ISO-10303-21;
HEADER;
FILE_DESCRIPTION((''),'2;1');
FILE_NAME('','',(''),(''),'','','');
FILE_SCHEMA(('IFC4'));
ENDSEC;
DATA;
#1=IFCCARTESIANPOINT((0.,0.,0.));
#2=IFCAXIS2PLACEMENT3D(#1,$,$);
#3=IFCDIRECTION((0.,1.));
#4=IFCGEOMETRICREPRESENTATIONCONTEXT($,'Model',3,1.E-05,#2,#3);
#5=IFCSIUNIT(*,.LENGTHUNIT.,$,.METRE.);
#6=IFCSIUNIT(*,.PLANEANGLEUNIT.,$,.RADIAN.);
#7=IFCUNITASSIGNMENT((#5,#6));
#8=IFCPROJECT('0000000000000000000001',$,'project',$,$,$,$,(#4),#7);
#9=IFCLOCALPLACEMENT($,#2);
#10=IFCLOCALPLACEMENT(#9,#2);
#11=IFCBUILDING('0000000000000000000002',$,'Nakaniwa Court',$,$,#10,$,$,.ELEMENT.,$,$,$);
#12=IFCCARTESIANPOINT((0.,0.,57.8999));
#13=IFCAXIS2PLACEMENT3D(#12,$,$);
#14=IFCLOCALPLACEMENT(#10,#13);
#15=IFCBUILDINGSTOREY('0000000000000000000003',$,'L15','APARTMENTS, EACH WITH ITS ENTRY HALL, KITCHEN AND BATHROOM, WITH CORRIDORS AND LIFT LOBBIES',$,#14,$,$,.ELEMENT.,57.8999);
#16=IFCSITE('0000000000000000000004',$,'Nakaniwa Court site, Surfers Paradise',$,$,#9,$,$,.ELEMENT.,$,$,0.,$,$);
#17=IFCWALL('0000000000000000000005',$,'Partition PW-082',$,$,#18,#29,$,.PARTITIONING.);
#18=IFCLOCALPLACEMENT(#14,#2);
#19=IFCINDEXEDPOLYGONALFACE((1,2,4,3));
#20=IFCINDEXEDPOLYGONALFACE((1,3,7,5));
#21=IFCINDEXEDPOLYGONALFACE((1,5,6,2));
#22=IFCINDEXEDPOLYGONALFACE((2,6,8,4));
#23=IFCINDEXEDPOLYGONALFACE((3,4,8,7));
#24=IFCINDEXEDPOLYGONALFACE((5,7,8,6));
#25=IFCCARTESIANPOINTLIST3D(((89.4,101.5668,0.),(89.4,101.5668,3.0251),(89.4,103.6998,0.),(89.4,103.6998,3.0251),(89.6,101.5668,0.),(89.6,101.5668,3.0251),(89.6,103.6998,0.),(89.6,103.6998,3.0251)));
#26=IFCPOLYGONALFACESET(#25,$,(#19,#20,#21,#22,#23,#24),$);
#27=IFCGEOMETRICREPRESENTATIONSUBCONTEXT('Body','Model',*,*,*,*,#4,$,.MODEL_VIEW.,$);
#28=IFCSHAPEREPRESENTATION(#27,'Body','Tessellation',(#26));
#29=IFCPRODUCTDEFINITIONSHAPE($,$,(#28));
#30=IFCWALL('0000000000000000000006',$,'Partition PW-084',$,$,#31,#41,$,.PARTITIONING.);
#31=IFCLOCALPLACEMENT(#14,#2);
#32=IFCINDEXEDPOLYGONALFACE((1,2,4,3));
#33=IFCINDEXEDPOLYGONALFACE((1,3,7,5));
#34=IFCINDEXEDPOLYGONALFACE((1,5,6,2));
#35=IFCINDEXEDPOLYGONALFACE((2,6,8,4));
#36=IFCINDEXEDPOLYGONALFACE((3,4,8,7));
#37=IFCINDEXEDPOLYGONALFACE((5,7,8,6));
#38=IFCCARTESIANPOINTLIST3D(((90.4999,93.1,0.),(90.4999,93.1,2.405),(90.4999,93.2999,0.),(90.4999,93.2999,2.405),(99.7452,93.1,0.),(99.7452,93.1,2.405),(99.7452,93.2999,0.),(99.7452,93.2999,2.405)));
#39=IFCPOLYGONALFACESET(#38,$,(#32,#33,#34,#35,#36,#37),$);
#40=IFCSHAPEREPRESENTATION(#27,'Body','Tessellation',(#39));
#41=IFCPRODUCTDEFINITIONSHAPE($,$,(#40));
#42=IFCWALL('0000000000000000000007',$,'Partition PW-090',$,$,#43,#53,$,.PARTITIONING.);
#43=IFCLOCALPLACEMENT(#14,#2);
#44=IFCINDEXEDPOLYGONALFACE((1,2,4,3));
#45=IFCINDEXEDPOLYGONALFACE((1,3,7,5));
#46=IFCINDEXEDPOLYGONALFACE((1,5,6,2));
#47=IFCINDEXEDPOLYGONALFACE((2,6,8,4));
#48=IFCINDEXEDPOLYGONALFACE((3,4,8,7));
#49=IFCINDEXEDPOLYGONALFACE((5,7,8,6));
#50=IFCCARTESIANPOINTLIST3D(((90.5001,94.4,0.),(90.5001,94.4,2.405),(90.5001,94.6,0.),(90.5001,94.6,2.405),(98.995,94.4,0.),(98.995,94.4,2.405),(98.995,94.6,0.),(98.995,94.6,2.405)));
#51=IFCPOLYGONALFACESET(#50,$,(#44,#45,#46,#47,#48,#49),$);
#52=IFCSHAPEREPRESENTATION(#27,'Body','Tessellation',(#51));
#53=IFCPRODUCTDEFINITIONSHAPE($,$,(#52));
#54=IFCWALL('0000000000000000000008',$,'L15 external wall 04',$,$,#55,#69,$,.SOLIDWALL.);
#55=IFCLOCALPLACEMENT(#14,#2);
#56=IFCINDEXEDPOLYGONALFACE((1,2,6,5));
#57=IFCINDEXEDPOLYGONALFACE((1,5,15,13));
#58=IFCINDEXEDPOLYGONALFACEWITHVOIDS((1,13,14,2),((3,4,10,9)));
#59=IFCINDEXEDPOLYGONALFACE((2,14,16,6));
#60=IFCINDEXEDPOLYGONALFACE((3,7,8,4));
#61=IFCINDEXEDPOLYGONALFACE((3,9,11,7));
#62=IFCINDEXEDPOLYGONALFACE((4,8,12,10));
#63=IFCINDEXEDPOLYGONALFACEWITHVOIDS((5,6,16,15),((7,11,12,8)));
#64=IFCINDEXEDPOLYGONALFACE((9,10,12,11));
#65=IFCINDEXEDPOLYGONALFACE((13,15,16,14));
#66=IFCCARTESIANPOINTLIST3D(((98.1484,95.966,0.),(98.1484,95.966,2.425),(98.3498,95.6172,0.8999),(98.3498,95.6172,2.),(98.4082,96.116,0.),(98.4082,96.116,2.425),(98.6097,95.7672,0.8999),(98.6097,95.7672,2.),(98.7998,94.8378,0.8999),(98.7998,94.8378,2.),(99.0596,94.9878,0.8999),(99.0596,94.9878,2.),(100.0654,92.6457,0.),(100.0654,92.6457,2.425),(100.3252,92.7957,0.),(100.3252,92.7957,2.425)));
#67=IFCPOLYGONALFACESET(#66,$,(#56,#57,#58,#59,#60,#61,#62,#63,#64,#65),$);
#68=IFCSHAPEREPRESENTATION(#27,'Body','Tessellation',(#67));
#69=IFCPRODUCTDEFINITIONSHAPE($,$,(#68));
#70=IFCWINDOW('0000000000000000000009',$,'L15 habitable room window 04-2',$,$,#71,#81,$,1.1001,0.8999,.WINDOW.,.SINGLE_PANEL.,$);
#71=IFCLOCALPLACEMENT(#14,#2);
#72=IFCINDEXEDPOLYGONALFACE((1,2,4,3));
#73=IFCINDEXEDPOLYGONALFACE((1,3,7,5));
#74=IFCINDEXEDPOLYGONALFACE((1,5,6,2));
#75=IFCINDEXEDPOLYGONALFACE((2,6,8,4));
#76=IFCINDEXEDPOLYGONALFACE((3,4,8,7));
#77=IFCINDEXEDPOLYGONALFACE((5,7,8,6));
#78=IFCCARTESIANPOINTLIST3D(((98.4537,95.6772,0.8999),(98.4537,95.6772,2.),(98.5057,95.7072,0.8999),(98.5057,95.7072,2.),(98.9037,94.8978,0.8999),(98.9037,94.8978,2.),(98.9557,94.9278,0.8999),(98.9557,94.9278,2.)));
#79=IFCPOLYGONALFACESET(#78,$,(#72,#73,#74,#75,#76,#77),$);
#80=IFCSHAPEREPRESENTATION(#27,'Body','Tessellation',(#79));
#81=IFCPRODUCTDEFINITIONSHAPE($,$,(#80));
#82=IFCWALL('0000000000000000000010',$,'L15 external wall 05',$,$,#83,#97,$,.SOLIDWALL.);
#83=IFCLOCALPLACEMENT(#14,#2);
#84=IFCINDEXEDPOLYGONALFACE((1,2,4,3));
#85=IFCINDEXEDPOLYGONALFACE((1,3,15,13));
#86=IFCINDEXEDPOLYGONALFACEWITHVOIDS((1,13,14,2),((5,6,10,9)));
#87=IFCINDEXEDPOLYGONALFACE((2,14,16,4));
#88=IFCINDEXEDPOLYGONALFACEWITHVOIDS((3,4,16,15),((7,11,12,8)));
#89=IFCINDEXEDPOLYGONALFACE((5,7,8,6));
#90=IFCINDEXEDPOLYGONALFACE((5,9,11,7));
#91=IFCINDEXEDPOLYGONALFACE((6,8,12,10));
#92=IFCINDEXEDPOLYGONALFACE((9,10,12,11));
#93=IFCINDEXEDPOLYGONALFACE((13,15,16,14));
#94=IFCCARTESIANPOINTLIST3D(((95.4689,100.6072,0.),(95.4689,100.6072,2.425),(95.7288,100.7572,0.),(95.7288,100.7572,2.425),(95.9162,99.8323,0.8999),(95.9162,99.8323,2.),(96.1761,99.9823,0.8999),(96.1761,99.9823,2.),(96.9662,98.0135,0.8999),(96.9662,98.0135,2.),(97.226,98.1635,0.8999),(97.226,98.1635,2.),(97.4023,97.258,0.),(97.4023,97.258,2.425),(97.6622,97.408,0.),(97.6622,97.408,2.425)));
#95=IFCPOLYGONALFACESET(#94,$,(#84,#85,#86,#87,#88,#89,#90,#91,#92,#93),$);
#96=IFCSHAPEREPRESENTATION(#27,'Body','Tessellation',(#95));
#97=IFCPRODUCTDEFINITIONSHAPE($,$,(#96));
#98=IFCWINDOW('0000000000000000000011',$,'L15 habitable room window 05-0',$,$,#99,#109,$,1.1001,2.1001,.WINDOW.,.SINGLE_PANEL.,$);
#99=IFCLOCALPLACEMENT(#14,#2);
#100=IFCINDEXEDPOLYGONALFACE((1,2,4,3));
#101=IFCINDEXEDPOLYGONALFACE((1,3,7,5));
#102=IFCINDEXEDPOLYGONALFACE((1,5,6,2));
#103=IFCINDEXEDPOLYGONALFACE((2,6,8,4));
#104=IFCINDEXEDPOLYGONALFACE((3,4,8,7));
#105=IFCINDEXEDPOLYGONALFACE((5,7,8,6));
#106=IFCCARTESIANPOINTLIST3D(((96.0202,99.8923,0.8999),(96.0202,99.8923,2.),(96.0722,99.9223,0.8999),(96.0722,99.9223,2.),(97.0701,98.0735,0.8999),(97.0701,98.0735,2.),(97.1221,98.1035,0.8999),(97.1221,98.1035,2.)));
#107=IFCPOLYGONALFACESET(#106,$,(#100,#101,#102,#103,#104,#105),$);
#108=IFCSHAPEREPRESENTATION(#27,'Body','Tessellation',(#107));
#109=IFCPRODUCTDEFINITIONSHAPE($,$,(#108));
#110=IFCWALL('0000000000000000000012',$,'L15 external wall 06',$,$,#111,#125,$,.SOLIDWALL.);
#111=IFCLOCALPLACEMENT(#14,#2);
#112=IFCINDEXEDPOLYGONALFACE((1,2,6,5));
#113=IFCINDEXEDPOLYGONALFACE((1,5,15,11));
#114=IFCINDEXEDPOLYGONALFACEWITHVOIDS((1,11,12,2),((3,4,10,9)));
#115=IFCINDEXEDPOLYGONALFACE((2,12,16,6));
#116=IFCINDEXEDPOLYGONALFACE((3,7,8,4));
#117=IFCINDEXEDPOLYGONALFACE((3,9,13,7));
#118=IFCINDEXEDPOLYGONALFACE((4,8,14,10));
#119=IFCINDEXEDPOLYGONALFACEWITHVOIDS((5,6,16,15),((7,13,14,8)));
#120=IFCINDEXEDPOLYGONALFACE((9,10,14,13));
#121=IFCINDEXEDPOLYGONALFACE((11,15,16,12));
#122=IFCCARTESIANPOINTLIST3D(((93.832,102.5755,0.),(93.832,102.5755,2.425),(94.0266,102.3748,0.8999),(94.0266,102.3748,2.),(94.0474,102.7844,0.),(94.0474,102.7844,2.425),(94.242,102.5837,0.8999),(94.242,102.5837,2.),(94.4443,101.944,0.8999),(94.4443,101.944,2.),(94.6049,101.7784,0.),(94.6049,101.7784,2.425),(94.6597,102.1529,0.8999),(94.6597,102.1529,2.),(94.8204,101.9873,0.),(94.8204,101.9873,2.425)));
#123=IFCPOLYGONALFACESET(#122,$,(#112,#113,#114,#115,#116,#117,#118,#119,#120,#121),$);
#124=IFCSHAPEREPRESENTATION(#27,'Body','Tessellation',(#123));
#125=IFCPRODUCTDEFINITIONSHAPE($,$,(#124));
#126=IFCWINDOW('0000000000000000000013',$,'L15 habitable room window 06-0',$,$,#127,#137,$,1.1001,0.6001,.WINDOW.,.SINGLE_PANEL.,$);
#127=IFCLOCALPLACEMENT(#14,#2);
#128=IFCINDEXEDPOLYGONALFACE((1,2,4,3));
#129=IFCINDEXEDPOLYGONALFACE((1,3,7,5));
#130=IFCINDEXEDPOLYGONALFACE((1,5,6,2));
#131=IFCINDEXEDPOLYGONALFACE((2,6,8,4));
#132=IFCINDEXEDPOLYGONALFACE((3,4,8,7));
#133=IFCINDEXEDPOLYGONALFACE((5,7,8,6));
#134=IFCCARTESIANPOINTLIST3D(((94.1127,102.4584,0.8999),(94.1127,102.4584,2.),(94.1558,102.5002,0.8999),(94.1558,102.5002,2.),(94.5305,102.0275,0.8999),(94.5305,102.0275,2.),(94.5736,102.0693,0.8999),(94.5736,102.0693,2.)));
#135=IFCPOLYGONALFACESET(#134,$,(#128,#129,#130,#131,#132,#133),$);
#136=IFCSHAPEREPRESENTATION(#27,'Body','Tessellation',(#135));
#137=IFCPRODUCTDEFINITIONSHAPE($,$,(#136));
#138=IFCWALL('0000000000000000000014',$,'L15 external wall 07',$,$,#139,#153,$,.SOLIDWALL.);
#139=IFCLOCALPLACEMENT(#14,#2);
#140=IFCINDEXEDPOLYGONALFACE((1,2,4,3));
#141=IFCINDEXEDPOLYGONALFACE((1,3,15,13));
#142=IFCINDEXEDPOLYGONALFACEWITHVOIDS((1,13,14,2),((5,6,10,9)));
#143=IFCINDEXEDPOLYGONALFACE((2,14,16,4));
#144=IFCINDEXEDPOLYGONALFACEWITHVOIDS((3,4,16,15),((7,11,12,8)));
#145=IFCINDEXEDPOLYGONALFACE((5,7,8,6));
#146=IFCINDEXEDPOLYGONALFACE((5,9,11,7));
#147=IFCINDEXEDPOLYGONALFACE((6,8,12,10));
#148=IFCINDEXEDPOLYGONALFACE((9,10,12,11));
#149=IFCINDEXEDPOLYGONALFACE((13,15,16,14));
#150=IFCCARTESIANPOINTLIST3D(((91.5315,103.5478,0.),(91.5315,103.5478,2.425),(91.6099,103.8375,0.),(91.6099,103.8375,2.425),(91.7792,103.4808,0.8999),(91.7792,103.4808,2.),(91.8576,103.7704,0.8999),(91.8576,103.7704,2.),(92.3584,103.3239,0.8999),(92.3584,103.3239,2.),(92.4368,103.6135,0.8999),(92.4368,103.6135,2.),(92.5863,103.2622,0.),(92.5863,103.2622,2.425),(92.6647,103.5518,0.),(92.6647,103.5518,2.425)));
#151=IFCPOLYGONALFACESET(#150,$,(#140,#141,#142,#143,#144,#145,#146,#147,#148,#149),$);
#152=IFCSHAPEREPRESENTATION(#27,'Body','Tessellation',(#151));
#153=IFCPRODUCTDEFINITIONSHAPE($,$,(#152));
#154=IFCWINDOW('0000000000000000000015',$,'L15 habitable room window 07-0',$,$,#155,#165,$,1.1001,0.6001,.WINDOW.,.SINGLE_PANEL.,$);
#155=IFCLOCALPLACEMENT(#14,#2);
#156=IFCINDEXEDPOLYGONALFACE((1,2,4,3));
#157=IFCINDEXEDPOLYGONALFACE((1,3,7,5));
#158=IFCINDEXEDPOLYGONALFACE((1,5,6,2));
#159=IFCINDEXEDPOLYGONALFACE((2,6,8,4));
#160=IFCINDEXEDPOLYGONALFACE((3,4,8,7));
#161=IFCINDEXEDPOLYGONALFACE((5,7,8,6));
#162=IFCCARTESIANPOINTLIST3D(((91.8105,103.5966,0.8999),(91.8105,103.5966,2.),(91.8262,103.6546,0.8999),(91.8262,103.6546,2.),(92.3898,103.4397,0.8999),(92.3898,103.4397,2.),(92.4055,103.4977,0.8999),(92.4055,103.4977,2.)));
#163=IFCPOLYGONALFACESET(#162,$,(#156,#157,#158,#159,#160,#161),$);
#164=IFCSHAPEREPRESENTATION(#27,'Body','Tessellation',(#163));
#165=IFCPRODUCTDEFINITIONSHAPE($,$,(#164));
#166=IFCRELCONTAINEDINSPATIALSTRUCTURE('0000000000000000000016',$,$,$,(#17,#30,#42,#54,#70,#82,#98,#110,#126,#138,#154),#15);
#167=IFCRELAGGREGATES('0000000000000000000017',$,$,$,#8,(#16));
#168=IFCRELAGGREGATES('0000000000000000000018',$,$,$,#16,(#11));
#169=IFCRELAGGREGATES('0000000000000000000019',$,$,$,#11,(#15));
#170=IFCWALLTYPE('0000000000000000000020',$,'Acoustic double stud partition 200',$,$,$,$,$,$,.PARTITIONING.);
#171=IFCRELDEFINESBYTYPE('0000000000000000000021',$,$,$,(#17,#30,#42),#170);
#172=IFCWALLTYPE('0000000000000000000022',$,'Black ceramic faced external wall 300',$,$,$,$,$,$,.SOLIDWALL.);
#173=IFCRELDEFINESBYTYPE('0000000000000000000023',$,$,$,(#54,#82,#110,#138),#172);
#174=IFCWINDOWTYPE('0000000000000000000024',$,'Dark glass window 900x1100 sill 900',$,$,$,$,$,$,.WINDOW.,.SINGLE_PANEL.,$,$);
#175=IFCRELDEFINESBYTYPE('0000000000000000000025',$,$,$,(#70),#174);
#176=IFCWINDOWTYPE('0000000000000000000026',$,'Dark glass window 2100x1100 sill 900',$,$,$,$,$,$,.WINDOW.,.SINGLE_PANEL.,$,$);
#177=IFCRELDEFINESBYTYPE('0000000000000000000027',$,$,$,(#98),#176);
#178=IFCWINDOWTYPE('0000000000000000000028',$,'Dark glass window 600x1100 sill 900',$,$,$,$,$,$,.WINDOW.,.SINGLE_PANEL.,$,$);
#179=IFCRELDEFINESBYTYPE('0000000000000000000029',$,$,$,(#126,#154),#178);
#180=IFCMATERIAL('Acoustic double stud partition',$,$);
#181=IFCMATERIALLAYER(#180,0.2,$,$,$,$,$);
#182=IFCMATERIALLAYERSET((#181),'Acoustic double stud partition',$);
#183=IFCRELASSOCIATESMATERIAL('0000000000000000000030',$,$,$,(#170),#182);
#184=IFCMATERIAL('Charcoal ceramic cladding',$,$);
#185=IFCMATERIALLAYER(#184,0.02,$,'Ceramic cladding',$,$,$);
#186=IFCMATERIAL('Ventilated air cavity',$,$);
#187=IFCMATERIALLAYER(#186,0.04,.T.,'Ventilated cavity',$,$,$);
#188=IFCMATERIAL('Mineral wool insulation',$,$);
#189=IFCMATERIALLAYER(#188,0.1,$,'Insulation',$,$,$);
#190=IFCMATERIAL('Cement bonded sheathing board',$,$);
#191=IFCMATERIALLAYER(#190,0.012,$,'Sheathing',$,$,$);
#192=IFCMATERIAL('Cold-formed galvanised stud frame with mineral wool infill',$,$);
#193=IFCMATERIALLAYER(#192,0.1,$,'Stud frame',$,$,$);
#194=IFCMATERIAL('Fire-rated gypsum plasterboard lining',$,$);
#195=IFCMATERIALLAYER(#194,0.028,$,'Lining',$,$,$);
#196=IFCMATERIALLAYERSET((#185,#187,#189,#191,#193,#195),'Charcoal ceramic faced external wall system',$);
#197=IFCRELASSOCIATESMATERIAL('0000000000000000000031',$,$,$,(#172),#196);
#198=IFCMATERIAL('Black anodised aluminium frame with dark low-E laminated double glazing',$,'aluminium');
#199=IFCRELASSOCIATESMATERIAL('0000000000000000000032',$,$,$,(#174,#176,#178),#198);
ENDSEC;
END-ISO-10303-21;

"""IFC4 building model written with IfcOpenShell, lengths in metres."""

from ifc_helpers import new_model, si_unit, direction, frame, frame_2d, origin, place, context, subcontext, project, spatial, rectangle, extrude, material, layer, layer_set, type_object, element, fill, save


model = new_model("IFC4")

# Units and contexts
model_context = context("Model", 3, precision=1e-05, world=origin(), true_north=direction((0.0, 1.0)))
body_context = subcontext(model_context, "Body", "Model", "MODEL_VIEW")
ifc_project = project(units=[si_unit("LENGTHUNIT", "METRE"), si_unit("PLANEANGLEUNIT", "RADIAN")], contexts=[model_context])

# Site, building, storey
site_placement = place(None, origin())
site = spatial("IfcSite", under=ifc_project, at=site_placement, Name="Nakaniwa Court site, Surfers Paradise", CompositionType="ELEMENT", RefElevation=0.0)
building_placement = place(site_placement, origin())
building = spatial("IfcBuilding", under=site, at=building_placement, Name="Nakaniwa Court", CompositionType="ELEMENT")
storey_placement = place(building_placement, frame((0.0, 0.0, 57.8999)))
storey = spatial("IfcBuildingStorey", under=building, at=storey_placement, Name="L15", Description="APARTMENTS, EACH WITH ITS ENTRY HALL, KITCHEN AND BATHROOM, WITH CORRIDORS AND LIFT LOBBIES", CompositionType="ELEMENT", Elevation=57.8999)

# Shared definitions
ifc_material_1 = material(Name="Acoustic double stud partition")
ifc_layer_1 = layer(ifc_material_1, 0.2)
ifc_layer_set_1 = layer_set([ifc_layer_1], Name="Acoustic double stud partition")
wall_type_1 = type_object("IfcWallType", Name="Acoustic double stud partition 200", PredefinedType="PARTITIONING", material=ifc_layer_set_1)

# Walls
wall_1_placement = place(storey_placement, frame((89.5, 101.5669, 0.0), z_axis=(0.0, 0.0, 1.0), x_axis=(0.0, 1.0, 0.0)))
element("IfcWall", 1, at=wall_1_placement, inside=storey, type_object=wall_type_1, Name="Partition PW-082", PredefinedType="PARTITIONING", context=body_context, shape_type="SweptSolid", body=[
    extrude(rectangle(XDim=2.1331, YDim=0.2, at=frame_2d((1.0664, 0.0))), origin(), (0.0, 0.0, 1.0), 3.0251),
])
wall_2_placement = place(storey_placement, frame((90.5, 93.2, 0.0), z_axis=(0.0, 0.0, 1.0), x_axis=(1.0, 0.0, 0.0)))
element("IfcWall", 2, at=wall_2_placement, inside=storey, type_object=wall_type_1, Name="Partition PW-084", PredefinedType="PARTITIONING", context=body_context, shape_type="SweptSolid", body=[
    extrude(rectangle(XDim=9.2454, YDim=0.2, at=frame_2d((4.6226, 0.0))), origin(), (0.0, 0.0, 1.0), 2.405),
])
wall_3_placement = place(storey_placement, frame((90.5, 94.5, 0.0), z_axis=(0.0, 0.0, 1.0), x_axis=(1.0, 0.0, 0.0)))
element("IfcWall", 3, at=wall_3_placement, inside=storey, type_object=wall_type_1, Name="Partition PW-090", PredefinedType="PARTITIONING", context=body_context, shape_type="SweptSolid", body=[
    extrude(rectangle(XDim=8.4949, YDim=0.2, at=frame_2d((4.2476, 0.0))), origin(), (0.0, 0.0, 1.0), 2.405),
])

# Walls, openings, windows
ifc_material_2 = material(Name="Charcoal ceramic cladding")
ifc_layer_2 = layer(ifc_material_2, 0.02, Name="Ceramic cladding")
ifc_material_3 = material(Name="Ventilated air cavity")
ifc_layer_3 = layer(ifc_material_3, 0.04, ventilated=True, Name="Ventilated cavity")
ifc_material_4 = material(Name="Mineral wool insulation")
ifc_layer_4 = layer(ifc_material_4, 0.1, Name="Insulation")
ifc_material_5 = material(Name="Cement bonded sheathing board")
ifc_layer_5 = layer(ifc_material_5, 0.012, Name="Sheathing")
ifc_material_6 = material(Name="Cold-formed galvanised stud frame with mineral wool infill")
ifc_layer_6 = layer(ifc_material_6, 0.1, Name="Stud frame")
ifc_material_7 = material(Name="Fire-rated gypsum plasterboard lining")
ifc_layer_7 = layer(ifc_material_7, 0.028, Name="Lining")
ifc_layer_set_2 = layer_set([ifc_layer_2, ifc_layer_3, ifc_layer_4, ifc_layer_5, ifc_layer_6, ifc_layer_7], Name="Charcoal ceramic faced external wall system")
wall_type_2 = type_object("IfcWallType", Name="Black ceramic faced external wall 300", PredefinedType="SOLIDWALL", material=ifc_layer_set_2)
wall_4_placement = place(storey_placement, frame((100.1953, 92.7207, 0.0), z_axis=(0.0, 0.0, 1.0), x_axis=(-0.500002, 0.866024, 0.0)))
wall_4 = element("IfcWall", 4, at=wall_4_placement, inside=storey, type_object=wall_type_2, Name="L15 external wall 04", PredefinedType="SOLIDWALL", context=body_context, shape_type="SweptSolid", body=[
    extrude(rectangle(XDim=3.834, YDim=0.3, at=frame_2d((1.917, 0.0))), origin(), (0.0, 0.0, 1.0), 2.425),
])
opening_1_placement = place(wall_4_placement, frame((2.5312, 0.0, 0.8999)))
opening_1 = element("IfcOpeningElement", 5, at=opening_1_placement, cuts=wall_4, PredefinedType="OPENING", context=body_context, shape_type="SweptSolid", body=[
    extrude(rectangle(XDim=0.8999, YDim=1.1001, at=frame_2d((0.45, 0.55))), frame((0.0, 0.1599, 0.0), z_axis=(0.0, -1.0, 0.0), x_axis=(1.0, 0.0, 0.0)), (0.0, 0.0, 1.0), 0.3201),
])
ifc_material_8 = material(Name="Black anodised aluminium frame with dark low-E laminated double glazing", Category="aluminium")
window_type_1 = type_object("IfcWindowType", Name="Dark glass window 900x1100 sill 900", PartitioningType="SINGLE_PANEL", PredefinedType="WINDOW", material=ifc_material_8)
window_1_placement = place(opening_1_placement, origin())
window_1 = element("IfcWindow", 6, at=window_1_placement, inside=storey, type_object=window_type_1, Name="L15 habitable room window 04-2", OverallHeight=1.1001, OverallWidth=0.8999, PartitioningType="SINGLE_PANEL", PredefinedType="WINDOW", context=body_context, shape_type="SweptSolid", body=[
    extrude(rectangle(XDim=0.8999, YDim=1.1001, at=frame_2d((0.45, 0.55))), frame((0.0, 0.03, 0.0), z_axis=(0.0, -1.0, 0.0), x_axis=(1.0, 0.0, 0.0)), (0.0, 0.0, 1.0), 0.0601),
])
fill(opening_1, window_1)
wall_5_placement = place(storey_placement, frame((97.5322, 97.333, 0.0), z_axis=(0.0, 0.0, 1.0), x_axis=(-0.499948, 0.866055, 0.0)))
wall_5 = element("IfcWall", 7, at=wall_5_placement, inside=storey, type_object=wall_type_2, Name="L15 external wall 05", PredefinedType="SOLIDWALL", context=body_context, shape_type="SweptSolid", body=[
    extrude(rectangle(XDim=3.8672, YDim=0.3, at=frame_2d((1.9336, 0.0))), origin(), (0.0, 0.0, 1.0), 2.425),
])
opening_2_placement = place(wall_5_placement, frame((0.8723, 0.0, 0.8999)))
opening_2 = element("IfcOpeningElement", 8, at=opening_2_placement, cuts=wall_5, PredefinedType="OPENING", context=body_context, shape_type="SweptSolid", body=[
    extrude(rectangle(XDim=2.1001, YDim=1.1001, at=frame_2d((1.05, 0.55))), frame((0.0, 0.1599, 0.0), z_axis=(0.0, -1.0, 0.0), x_axis=(1.0, 0.0, 0.0)), (0.0, 0.0, 1.0), 0.3201),
])
window_type_2 = type_object("IfcWindowType", Name="Dark glass window 2100x1100 sill 900", PartitioningType="SINGLE_PANEL", PredefinedType="WINDOW", material=ifc_material_8)
window_2_placement = place(opening_2_placement, origin())
window_2 = element("IfcWindow", 9, at=window_2_placement, inside=storey, type_object=window_type_2, Name="L15 habitable room window 05-0", OverallHeight=1.1001, OverallWidth=2.1001, PartitioningType="SINGLE_PANEL", PredefinedType="WINDOW", context=body_context, shape_type="SweptSolid", body=[
    extrude(rectangle(XDim=2.1001, YDim=1.1001, at=frame_2d((1.05, 0.55))), frame((0.0, 0.03, 0.0), z_axis=(0.0, -1.0, 0.0), x_axis=(1.0, 0.0, 0.0)), (0.0, 0.0, 1.0), 0.0601),
])
fill(opening_2, window_2)
wall_6_placement = place(storey_placement, frame((94.7126, 101.8828, 0.0), z_axis=(0.0, 0.0, 1.0), x_axis=(-0.696139, 0.717907, 0.0)))
wall_6 = element("IfcWall", 10, at=wall_6_placement, inside=storey, type_object=wall_type_2, Name="L15 external wall 06", PredefinedType="SOLIDWALL", context=body_context, shape_type="SweptSolid", body=[
    extrude(rectangle(XDim=1.1104, YDim=0.3, at=frame_2d((0.5552, 0.0))), origin(), (0.0, 0.0, 1.0), 2.425),
])
opening_3_placement = place(wall_6_placement, frame((0.2307, 0.0, 0.8999)))
opening_3 = element("IfcOpeningElement", 11, at=opening_3_placement, cuts=wall_6, PredefinedType="OPENING", context=body_context, shape_type="SweptSolid", body=[
    extrude(rectangle(XDim=0.6001, YDim=1.1001, at=frame_2d((0.3, 0.55))), frame((0.0, 0.1599, 0.0), z_axis=(0.0, -1.0, 0.0), x_axis=(1.0, 0.0, 0.0)), (0.0, 0.0, 1.0), 0.3201),
])
window_type_3 = type_object("IfcWindowType", Name="Dark glass window 600x1100 sill 900", PartitioningType="SINGLE_PANEL", PredefinedType="WINDOW", material=ifc_material_8)
window_3_placement = place(opening_3_placement, origin())
window_3 = element("IfcWindow", 12, at=window_3_placement, inside=storey, type_object=window_type_3, Name="L15 habitable room window 06-0", OverallHeight=1.1001, OverallWidth=0.6001, PartitioningType="SINGLE_PANEL", PredefinedType="WINDOW", context=body_context, shape_type="SweptSolid", body=[
    extrude(rectangle(XDim=0.6001, YDim=1.1001, at=frame_2d((0.3, 0.55))), frame((0.0, 0.03, 0.0), z_axis=(0.0, -1.0, 0.0), x_axis=(1.0, 0.0, 0.0)), (0.0, 0.0, 1.0), 0.0601),
])
fill(opening_3, window_3)
wall_7_placement = place(storey_placement, frame((92.6255, 103.407, 0.0), z_axis=(0.0, 0.0, 1.0), x_axis=(-0.965226, 0.261415, 0.0)))
wall_7 = element("IfcWall", 13, at=wall_7_placement, inside=storey, type_object=wall_type_2, Name="L15 external wall 07", PredefinedType="SOLIDWALL", context=body_context, shape_type="SweptSolid", body=[
    extrude(rectangle(XDim=1.0928, YDim=0.3, at=frame_2d((0.5464, 0.0))), origin(), (0.0, 0.0, 1.0), 2.425),
])
opening_4_placement = place(wall_7_placement, frame((0.2361, 0.0, 0.8999)))
opening_4 = element("IfcOpeningElement", 14, at=opening_4_placement, cuts=wall_7, PredefinedType="OPENING", context=body_context, shape_type="SweptSolid", body=[
    extrude(rectangle(XDim=0.6001, YDim=1.1001, at=frame_2d((0.3, 0.55))), frame((0.0, 0.1599, 0.0), z_axis=(0.0, -1.0, 0.0), x_axis=(1.0, 0.0, 0.0)), (0.0, 0.0, 1.0), 0.3201),
])
window_4_placement = place(opening_4_placement, origin())
window_4 = element("IfcWindow", 15, at=window_4_placement, inside=storey, type_object=window_type_3, Name="L15 habitable room window 07-0", OverallHeight=1.1001, OverallWidth=0.6001, PartitioningType="SINGLE_PANEL", PredefinedType="WINDOW", context=body_context, shape_type="SweptSolid", body=[
    extrude(rectangle(XDim=0.6001, YDim=1.1001, at=frame_2d((0.3, 0.55))), frame((0.0, 0.03, 0.0), z_axis=(0.0, -1.0, 0.0), x_axis=(1.0, 0.0, 0.0)), (0.0, 0.0, 1.0), 0.0601),
])
fill(opening_4, window_4)

save(model, "model.ifc")
